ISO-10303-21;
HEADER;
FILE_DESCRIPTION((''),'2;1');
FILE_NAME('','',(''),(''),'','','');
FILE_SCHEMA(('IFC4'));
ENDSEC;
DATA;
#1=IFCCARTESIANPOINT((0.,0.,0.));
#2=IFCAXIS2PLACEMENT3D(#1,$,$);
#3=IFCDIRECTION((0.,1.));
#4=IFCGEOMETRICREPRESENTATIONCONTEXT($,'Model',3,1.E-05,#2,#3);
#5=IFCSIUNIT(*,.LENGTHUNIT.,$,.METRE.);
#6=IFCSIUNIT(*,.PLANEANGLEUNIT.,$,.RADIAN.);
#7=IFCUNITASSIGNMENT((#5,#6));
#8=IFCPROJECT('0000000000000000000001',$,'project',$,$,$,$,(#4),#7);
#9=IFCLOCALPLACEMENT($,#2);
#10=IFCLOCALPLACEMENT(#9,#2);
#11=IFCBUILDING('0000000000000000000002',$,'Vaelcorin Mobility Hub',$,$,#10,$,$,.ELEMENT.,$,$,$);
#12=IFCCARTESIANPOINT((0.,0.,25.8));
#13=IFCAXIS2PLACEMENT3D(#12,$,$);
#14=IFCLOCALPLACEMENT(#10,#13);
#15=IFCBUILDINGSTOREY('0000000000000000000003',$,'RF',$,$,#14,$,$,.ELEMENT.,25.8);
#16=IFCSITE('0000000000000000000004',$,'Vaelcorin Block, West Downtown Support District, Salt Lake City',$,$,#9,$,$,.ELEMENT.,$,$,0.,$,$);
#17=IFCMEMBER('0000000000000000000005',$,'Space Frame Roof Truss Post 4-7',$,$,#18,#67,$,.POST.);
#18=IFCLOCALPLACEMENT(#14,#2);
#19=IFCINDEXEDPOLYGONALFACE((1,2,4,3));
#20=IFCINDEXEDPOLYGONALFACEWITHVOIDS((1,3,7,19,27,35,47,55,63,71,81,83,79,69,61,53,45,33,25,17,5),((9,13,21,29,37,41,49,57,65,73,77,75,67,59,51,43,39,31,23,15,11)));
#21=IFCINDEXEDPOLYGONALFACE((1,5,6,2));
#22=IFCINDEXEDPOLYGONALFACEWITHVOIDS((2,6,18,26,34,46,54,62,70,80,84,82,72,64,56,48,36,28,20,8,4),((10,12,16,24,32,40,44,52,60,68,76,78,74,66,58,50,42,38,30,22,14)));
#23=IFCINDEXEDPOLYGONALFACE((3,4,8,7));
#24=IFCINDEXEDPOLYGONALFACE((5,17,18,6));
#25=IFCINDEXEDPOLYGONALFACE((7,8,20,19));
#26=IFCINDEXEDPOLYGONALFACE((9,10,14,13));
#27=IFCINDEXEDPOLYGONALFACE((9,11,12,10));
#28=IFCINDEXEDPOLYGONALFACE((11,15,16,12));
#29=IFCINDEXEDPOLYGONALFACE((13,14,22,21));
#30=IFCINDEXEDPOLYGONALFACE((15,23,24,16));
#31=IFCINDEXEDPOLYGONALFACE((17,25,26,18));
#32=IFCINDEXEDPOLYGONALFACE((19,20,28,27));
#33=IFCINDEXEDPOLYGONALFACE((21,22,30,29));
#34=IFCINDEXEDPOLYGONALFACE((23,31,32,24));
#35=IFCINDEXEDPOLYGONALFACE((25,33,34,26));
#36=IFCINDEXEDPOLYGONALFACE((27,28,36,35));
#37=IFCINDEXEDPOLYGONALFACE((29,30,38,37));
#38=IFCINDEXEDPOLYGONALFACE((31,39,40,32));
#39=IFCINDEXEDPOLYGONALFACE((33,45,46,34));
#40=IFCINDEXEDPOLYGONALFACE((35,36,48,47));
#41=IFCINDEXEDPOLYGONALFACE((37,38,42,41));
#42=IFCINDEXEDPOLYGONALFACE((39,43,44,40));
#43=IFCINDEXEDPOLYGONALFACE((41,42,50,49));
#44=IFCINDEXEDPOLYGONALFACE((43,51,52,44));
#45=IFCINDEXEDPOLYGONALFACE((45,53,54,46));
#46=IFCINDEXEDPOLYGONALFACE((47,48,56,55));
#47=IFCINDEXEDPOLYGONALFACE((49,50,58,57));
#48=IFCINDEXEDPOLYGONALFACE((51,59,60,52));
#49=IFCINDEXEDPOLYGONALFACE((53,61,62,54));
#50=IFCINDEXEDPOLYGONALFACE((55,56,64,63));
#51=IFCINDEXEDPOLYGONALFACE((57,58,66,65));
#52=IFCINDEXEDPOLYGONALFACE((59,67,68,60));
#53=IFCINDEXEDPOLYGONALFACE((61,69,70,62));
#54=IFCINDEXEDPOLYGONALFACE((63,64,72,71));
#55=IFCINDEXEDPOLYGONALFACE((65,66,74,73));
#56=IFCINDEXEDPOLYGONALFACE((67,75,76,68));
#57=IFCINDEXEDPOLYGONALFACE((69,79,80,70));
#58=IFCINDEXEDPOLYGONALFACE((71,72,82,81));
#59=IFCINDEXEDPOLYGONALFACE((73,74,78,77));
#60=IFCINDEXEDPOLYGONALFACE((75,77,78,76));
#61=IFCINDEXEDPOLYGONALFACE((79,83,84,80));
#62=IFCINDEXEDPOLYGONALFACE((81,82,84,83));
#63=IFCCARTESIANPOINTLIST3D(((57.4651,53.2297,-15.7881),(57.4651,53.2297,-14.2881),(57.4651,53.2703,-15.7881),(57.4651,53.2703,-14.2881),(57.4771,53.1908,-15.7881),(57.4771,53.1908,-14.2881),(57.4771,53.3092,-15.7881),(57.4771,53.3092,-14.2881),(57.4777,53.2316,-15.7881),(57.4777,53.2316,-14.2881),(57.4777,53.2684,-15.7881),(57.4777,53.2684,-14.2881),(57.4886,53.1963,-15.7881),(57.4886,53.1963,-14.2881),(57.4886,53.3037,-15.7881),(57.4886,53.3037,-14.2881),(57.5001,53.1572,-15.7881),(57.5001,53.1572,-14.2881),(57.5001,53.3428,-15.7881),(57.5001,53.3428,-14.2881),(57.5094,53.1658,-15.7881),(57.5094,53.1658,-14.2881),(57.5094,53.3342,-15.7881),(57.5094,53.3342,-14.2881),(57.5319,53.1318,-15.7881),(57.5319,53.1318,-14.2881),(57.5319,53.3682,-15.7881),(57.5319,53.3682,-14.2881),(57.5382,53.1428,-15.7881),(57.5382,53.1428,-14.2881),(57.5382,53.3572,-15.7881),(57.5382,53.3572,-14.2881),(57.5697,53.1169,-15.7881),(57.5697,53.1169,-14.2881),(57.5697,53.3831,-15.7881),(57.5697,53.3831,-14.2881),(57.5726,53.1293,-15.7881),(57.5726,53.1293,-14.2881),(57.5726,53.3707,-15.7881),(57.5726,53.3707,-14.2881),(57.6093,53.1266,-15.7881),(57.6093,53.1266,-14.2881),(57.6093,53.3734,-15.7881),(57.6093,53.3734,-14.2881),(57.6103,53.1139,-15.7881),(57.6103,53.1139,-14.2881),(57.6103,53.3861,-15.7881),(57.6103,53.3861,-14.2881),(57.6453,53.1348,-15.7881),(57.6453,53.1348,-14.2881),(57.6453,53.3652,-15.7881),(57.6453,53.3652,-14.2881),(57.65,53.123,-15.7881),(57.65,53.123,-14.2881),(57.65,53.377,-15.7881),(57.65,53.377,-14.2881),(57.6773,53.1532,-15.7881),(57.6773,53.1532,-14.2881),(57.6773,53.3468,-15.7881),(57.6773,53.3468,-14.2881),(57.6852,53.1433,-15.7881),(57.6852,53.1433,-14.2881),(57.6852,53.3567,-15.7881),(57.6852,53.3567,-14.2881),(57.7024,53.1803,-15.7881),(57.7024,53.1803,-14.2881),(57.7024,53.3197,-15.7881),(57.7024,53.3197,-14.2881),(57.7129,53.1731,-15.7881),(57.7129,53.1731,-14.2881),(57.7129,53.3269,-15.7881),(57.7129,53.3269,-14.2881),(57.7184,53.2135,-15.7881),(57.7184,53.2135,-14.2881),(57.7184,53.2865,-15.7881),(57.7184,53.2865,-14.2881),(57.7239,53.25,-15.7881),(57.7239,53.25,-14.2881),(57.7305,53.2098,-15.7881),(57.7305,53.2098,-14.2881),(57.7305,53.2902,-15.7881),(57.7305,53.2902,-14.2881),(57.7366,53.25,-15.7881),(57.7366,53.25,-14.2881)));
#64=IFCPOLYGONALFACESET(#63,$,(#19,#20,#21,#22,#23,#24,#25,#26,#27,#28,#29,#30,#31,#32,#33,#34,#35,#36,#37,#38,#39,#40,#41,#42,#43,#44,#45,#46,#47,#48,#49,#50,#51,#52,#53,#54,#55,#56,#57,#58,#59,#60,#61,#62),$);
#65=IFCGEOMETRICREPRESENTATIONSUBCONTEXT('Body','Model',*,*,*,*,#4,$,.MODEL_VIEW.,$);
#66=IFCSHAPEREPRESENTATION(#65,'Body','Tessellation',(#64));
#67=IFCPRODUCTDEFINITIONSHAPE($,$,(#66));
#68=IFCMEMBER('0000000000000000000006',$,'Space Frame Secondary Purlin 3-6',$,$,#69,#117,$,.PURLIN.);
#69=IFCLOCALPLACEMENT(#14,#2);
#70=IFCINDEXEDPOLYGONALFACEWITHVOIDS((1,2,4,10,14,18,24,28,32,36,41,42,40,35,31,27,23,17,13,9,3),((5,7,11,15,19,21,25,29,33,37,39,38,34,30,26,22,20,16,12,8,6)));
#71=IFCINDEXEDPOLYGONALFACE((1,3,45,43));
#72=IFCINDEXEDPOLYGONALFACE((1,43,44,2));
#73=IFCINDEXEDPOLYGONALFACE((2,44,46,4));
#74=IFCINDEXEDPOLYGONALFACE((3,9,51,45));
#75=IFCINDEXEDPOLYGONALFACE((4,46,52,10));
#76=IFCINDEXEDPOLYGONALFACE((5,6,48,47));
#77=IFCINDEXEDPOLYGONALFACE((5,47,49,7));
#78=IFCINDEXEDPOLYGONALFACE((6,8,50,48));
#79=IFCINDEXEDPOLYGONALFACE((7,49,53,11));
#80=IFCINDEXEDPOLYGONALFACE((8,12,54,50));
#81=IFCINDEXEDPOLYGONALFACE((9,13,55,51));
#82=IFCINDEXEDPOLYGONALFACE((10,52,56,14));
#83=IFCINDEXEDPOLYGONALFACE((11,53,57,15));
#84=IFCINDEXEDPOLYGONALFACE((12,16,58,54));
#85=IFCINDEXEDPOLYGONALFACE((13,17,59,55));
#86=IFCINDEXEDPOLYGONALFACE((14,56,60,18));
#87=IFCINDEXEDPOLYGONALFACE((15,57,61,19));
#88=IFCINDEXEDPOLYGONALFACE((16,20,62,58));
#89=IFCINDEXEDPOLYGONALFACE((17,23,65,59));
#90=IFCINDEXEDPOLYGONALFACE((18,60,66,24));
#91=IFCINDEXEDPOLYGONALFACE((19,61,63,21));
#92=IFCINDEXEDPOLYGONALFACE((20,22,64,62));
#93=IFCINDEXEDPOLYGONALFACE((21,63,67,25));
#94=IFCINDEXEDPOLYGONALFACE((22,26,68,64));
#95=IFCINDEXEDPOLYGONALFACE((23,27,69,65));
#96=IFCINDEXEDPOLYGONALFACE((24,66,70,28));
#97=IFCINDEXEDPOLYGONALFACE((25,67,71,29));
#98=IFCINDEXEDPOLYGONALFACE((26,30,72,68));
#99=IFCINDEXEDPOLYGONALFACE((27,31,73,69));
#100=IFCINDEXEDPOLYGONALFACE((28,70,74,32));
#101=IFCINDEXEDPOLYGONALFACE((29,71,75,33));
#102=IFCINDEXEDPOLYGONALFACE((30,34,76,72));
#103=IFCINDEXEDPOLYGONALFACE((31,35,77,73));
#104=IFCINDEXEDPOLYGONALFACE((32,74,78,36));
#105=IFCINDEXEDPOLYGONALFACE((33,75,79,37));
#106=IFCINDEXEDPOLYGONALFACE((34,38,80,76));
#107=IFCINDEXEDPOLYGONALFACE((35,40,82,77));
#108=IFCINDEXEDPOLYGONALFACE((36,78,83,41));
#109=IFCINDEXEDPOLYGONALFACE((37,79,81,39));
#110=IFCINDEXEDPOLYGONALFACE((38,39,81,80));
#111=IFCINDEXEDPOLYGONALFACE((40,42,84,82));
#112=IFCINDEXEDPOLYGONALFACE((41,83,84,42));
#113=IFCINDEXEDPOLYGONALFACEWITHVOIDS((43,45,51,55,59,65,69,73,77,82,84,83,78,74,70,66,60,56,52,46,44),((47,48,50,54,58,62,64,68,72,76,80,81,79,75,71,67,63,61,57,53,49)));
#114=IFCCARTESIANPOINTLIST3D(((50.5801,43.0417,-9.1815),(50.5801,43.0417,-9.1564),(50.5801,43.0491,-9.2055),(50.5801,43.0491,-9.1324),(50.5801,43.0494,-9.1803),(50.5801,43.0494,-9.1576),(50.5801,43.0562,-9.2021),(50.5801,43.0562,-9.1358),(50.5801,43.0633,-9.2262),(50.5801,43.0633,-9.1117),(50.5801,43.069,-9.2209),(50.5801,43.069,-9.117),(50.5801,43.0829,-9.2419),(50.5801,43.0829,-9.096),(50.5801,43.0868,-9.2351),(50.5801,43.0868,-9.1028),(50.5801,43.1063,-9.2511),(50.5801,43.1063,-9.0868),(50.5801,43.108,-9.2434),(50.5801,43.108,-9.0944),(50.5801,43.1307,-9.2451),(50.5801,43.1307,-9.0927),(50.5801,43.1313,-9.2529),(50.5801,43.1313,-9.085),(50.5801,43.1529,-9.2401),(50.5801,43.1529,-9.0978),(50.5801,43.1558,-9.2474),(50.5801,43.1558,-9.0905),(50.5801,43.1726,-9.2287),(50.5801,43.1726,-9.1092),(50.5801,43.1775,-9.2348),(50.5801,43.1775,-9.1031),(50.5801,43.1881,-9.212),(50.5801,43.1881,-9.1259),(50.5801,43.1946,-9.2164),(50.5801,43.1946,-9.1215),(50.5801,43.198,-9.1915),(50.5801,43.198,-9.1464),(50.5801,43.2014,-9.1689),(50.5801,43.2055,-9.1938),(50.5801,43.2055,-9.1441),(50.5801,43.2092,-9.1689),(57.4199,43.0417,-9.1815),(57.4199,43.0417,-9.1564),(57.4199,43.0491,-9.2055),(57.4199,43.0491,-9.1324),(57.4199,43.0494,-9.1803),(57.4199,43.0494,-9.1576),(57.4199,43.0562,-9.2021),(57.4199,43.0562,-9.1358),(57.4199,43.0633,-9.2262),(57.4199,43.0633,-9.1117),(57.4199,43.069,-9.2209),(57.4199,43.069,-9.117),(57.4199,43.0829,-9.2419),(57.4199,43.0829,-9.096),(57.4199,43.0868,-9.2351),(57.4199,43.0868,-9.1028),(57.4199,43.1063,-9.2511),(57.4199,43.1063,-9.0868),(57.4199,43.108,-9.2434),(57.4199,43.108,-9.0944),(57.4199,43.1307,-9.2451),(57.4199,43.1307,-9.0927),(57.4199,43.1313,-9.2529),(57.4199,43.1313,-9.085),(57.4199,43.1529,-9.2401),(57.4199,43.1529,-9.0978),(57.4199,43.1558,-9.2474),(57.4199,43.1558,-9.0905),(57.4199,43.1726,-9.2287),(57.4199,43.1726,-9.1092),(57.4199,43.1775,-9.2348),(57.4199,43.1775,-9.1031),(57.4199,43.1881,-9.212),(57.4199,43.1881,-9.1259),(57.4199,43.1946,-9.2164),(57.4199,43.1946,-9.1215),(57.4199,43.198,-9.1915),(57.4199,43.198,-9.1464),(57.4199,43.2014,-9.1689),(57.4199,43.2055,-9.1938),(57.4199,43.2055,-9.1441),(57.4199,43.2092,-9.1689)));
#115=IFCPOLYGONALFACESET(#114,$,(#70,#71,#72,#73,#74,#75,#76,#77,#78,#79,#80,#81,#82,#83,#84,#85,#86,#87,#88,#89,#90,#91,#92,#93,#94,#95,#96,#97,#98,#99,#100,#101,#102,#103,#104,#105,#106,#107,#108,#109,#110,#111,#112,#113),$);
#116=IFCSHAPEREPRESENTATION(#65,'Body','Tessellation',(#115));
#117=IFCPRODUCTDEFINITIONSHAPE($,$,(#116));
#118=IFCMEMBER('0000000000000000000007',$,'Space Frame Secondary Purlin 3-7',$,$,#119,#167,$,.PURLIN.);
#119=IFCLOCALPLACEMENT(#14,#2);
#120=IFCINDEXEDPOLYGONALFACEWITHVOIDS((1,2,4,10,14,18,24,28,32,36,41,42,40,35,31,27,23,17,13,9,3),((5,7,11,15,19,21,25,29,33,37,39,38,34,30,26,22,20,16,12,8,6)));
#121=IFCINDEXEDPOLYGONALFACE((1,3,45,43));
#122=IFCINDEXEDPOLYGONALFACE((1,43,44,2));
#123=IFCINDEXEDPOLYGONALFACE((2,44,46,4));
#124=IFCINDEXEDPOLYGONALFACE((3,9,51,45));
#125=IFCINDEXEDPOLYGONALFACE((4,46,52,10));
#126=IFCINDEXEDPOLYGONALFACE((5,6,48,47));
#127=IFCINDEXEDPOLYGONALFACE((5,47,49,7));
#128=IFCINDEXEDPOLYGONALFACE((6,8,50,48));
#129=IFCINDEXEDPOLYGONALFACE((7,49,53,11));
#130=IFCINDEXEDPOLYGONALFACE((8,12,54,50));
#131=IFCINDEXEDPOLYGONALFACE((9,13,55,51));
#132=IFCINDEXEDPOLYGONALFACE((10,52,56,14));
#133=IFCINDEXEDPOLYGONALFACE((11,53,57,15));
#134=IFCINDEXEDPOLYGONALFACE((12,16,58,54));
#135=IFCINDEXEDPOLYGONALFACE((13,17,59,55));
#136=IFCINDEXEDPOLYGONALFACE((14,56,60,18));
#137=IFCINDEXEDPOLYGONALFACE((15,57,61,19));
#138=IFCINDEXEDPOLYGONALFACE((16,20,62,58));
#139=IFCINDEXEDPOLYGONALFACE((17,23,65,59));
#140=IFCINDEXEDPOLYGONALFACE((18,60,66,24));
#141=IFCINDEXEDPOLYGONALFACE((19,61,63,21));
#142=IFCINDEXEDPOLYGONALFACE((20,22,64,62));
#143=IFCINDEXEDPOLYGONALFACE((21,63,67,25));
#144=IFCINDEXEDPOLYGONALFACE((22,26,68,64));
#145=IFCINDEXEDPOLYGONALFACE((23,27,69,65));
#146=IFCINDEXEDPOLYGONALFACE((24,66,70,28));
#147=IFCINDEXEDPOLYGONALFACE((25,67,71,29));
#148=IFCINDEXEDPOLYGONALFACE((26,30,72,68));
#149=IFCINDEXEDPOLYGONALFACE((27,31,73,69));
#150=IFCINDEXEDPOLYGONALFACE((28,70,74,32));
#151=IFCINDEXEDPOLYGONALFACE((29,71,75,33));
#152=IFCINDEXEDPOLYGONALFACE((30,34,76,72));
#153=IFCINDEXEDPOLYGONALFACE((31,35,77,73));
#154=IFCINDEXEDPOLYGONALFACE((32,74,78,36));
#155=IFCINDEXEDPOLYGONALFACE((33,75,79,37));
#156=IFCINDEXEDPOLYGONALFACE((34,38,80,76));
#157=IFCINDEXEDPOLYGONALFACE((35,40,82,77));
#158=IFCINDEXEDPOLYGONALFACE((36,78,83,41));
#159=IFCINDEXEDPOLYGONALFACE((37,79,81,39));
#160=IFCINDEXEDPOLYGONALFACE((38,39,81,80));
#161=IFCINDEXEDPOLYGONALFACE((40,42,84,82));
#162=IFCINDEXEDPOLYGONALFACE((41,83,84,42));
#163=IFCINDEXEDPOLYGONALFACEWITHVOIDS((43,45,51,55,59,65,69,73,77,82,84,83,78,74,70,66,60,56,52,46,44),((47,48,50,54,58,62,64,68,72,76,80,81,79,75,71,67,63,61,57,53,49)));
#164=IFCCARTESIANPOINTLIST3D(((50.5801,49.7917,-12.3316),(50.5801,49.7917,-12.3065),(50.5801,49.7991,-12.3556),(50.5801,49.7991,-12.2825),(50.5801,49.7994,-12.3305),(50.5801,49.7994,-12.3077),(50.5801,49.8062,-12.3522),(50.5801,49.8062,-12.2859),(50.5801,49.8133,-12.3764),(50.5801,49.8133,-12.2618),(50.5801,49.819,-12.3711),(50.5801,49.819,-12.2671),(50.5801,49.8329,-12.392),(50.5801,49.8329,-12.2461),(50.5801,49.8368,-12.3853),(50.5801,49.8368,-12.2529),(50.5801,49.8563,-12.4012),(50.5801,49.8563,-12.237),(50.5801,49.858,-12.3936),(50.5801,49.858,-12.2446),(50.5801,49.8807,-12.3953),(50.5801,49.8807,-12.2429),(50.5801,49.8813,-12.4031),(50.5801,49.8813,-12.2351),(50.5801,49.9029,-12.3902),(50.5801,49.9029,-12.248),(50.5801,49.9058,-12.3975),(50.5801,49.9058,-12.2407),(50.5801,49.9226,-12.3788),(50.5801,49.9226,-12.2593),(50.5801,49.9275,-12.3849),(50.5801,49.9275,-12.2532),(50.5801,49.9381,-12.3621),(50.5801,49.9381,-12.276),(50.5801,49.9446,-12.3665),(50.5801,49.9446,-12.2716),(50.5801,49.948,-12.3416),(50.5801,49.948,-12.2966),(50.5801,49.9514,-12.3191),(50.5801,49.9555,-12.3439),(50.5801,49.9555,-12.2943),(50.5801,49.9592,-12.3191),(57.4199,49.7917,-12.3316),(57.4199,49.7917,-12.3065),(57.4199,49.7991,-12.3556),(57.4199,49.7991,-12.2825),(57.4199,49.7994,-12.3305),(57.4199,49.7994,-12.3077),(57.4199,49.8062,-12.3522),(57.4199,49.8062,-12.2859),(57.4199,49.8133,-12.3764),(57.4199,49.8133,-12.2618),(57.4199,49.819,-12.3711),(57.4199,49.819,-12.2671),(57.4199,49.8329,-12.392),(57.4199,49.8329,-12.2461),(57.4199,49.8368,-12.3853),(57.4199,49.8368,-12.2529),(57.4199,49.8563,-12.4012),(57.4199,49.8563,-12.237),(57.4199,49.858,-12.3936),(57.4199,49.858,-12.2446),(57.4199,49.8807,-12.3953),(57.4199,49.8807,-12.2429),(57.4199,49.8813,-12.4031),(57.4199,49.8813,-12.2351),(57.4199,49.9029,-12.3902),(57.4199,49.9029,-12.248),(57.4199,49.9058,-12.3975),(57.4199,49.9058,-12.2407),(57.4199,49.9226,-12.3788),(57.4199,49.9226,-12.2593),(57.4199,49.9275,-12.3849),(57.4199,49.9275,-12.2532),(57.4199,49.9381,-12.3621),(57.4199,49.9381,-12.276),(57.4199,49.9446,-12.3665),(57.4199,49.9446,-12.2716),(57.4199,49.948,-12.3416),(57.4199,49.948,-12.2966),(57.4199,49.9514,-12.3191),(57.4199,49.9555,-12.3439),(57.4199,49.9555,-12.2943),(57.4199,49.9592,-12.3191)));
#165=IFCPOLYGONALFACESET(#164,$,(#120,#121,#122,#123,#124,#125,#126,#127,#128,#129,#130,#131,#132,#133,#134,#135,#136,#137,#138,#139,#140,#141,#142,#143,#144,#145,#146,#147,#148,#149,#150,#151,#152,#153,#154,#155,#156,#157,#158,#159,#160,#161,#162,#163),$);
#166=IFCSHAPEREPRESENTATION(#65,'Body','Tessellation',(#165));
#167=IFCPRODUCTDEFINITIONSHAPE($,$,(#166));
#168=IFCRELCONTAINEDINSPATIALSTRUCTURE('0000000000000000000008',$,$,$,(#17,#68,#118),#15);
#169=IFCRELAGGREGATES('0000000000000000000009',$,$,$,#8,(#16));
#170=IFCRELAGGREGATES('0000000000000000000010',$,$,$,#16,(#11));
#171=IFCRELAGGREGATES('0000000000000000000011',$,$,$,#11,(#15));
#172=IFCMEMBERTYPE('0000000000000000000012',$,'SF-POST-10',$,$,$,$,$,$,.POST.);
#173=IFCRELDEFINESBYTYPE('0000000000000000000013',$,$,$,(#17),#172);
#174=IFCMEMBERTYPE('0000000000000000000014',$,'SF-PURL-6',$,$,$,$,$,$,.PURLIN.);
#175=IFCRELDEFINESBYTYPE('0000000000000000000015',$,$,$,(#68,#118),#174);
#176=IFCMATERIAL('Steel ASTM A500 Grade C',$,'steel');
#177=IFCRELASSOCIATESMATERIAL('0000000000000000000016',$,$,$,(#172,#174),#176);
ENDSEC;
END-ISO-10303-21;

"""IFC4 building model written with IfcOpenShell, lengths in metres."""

from ifc_helpers import new_model, si_unit, direction, frame, origin, origin_2d, place, context, subcontext, project, spatial, hollow_circle, extrude, material, material_profile, profile_set, type_object, element, save


model = new_model("IFC4")

# Units and contexts
model_context = context("Model", 3, precision=1e-05, world=origin(), true_north=direction((0.0, 1.0)))
body_context = subcontext(model_context, "Body", "Model", "MODEL_VIEW")
ifc_project = project(units=[si_unit("LENGTHUNIT", "METRE"), si_unit("PLANEANGLEUNIT", "RADIAN")], contexts=[model_context])

# Site, building, storey
site_placement = place(None, origin())
site = spatial("IfcSite", under=ifc_project, at=site_placement, Name="Vaelcorin Block, West Downtown Support District, Salt Lake City", CompositionType="ELEMENT", RefElevation=0.0)
building_placement = place(site_placement, origin())
building = spatial("IfcBuilding", under=site, at=building_placement, Name="Vaelcorin Mobility Hub", CompositionType="ELEMENT")
storey_placement = place(building_placement, frame((0.0, 0.0, 25.8)))
storey = spatial("IfcBuildingStorey", under=building, at=storey_placement, Name="RF", CompositionType="ELEMENT", Elevation=25.8)

# Members
ifc_material_1 = material(Name="Steel ASTM A500 Grade C", Category="steel")
ifc_material_profile_1 = material_profile(ifc_material_1, hollow_circle(Radius=0.1365, WallThickness=0.0127, at=origin_2d()), Name="HSS10.750X0.500")
ifc_profile_set_1 = profile_set([ifc_material_profile_1], Name="Steel ASTM A500 Grade C")
member_type_1 = type_object("IfcMemberType", Name="SF-POST-10", PredefinedType="POST", material=ifc_profile_set_1)
for number, where, z_axis, x_axis, name in (
    (1, (57.6001, 53.25, -15.7881), (0.0, 0.0, 1.0), (1.0, 0.0, 0.0), "Space Frame Roof Truss Post 4-7"),
):
    element("IfcMember", number, at=place(storey_placement, frame(where, z_axis=z_axis, x_axis=x_axis)), inside=storey, type_object=member_type_1, Name=name, PredefinedType="POST", context=body_context, shape_type="SweptSolid", body=[
        extrude(hollow_circle(Radius=0.1365, WallThickness=0.0127, at=origin_2d()), origin(), (0.0, 0.0, 1.0), 1.5),
    ])
ifc_material_profile_2 = material_profile(ifc_material_1, hollow_circle(Radius=0.0842, WallThickness=0.0078, at=origin_2d()), Name="HSS6.625X0.312")
ifc_profile_set_2 = profile_set([ifc_material_profile_2], Name="Steel ASTM A500 Grade C")
member_type_2 = type_object("IfcMemberType", Name="SF-PURL-6", PredefinedType="PURLIN", material=ifc_profile_set_2)
for number, where, z_axis, x_axis, name in (
    (2, (50.5801, 43.125, -9.1689), (1.0, 0.0, 0.0), (0.0, 1.0, 0.0), "Space Frame Secondary Purlin 3-6"),
    (3, (50.5801, 49.875, -12.3191), (1.0, 0.0, 0.0), (0.0, 1.0, 0.0), "Space Frame Secondary Purlin 3-7"),
):
    element("IfcMember", number, at=place(storey_placement, frame(where, z_axis=z_axis, x_axis=x_axis)), inside=storey, type_object=member_type_2, Name=name, PredefinedType="PURLIN", context=body_context, shape_type="SweptSolid", body=[
        extrude(hollow_circle(Radius=0.0842, WallThickness=0.0078, at=origin_2d()), origin(), (0.0, 0.0, 1.0), 6.8398),
    ])

save(model, "model.ifc")
